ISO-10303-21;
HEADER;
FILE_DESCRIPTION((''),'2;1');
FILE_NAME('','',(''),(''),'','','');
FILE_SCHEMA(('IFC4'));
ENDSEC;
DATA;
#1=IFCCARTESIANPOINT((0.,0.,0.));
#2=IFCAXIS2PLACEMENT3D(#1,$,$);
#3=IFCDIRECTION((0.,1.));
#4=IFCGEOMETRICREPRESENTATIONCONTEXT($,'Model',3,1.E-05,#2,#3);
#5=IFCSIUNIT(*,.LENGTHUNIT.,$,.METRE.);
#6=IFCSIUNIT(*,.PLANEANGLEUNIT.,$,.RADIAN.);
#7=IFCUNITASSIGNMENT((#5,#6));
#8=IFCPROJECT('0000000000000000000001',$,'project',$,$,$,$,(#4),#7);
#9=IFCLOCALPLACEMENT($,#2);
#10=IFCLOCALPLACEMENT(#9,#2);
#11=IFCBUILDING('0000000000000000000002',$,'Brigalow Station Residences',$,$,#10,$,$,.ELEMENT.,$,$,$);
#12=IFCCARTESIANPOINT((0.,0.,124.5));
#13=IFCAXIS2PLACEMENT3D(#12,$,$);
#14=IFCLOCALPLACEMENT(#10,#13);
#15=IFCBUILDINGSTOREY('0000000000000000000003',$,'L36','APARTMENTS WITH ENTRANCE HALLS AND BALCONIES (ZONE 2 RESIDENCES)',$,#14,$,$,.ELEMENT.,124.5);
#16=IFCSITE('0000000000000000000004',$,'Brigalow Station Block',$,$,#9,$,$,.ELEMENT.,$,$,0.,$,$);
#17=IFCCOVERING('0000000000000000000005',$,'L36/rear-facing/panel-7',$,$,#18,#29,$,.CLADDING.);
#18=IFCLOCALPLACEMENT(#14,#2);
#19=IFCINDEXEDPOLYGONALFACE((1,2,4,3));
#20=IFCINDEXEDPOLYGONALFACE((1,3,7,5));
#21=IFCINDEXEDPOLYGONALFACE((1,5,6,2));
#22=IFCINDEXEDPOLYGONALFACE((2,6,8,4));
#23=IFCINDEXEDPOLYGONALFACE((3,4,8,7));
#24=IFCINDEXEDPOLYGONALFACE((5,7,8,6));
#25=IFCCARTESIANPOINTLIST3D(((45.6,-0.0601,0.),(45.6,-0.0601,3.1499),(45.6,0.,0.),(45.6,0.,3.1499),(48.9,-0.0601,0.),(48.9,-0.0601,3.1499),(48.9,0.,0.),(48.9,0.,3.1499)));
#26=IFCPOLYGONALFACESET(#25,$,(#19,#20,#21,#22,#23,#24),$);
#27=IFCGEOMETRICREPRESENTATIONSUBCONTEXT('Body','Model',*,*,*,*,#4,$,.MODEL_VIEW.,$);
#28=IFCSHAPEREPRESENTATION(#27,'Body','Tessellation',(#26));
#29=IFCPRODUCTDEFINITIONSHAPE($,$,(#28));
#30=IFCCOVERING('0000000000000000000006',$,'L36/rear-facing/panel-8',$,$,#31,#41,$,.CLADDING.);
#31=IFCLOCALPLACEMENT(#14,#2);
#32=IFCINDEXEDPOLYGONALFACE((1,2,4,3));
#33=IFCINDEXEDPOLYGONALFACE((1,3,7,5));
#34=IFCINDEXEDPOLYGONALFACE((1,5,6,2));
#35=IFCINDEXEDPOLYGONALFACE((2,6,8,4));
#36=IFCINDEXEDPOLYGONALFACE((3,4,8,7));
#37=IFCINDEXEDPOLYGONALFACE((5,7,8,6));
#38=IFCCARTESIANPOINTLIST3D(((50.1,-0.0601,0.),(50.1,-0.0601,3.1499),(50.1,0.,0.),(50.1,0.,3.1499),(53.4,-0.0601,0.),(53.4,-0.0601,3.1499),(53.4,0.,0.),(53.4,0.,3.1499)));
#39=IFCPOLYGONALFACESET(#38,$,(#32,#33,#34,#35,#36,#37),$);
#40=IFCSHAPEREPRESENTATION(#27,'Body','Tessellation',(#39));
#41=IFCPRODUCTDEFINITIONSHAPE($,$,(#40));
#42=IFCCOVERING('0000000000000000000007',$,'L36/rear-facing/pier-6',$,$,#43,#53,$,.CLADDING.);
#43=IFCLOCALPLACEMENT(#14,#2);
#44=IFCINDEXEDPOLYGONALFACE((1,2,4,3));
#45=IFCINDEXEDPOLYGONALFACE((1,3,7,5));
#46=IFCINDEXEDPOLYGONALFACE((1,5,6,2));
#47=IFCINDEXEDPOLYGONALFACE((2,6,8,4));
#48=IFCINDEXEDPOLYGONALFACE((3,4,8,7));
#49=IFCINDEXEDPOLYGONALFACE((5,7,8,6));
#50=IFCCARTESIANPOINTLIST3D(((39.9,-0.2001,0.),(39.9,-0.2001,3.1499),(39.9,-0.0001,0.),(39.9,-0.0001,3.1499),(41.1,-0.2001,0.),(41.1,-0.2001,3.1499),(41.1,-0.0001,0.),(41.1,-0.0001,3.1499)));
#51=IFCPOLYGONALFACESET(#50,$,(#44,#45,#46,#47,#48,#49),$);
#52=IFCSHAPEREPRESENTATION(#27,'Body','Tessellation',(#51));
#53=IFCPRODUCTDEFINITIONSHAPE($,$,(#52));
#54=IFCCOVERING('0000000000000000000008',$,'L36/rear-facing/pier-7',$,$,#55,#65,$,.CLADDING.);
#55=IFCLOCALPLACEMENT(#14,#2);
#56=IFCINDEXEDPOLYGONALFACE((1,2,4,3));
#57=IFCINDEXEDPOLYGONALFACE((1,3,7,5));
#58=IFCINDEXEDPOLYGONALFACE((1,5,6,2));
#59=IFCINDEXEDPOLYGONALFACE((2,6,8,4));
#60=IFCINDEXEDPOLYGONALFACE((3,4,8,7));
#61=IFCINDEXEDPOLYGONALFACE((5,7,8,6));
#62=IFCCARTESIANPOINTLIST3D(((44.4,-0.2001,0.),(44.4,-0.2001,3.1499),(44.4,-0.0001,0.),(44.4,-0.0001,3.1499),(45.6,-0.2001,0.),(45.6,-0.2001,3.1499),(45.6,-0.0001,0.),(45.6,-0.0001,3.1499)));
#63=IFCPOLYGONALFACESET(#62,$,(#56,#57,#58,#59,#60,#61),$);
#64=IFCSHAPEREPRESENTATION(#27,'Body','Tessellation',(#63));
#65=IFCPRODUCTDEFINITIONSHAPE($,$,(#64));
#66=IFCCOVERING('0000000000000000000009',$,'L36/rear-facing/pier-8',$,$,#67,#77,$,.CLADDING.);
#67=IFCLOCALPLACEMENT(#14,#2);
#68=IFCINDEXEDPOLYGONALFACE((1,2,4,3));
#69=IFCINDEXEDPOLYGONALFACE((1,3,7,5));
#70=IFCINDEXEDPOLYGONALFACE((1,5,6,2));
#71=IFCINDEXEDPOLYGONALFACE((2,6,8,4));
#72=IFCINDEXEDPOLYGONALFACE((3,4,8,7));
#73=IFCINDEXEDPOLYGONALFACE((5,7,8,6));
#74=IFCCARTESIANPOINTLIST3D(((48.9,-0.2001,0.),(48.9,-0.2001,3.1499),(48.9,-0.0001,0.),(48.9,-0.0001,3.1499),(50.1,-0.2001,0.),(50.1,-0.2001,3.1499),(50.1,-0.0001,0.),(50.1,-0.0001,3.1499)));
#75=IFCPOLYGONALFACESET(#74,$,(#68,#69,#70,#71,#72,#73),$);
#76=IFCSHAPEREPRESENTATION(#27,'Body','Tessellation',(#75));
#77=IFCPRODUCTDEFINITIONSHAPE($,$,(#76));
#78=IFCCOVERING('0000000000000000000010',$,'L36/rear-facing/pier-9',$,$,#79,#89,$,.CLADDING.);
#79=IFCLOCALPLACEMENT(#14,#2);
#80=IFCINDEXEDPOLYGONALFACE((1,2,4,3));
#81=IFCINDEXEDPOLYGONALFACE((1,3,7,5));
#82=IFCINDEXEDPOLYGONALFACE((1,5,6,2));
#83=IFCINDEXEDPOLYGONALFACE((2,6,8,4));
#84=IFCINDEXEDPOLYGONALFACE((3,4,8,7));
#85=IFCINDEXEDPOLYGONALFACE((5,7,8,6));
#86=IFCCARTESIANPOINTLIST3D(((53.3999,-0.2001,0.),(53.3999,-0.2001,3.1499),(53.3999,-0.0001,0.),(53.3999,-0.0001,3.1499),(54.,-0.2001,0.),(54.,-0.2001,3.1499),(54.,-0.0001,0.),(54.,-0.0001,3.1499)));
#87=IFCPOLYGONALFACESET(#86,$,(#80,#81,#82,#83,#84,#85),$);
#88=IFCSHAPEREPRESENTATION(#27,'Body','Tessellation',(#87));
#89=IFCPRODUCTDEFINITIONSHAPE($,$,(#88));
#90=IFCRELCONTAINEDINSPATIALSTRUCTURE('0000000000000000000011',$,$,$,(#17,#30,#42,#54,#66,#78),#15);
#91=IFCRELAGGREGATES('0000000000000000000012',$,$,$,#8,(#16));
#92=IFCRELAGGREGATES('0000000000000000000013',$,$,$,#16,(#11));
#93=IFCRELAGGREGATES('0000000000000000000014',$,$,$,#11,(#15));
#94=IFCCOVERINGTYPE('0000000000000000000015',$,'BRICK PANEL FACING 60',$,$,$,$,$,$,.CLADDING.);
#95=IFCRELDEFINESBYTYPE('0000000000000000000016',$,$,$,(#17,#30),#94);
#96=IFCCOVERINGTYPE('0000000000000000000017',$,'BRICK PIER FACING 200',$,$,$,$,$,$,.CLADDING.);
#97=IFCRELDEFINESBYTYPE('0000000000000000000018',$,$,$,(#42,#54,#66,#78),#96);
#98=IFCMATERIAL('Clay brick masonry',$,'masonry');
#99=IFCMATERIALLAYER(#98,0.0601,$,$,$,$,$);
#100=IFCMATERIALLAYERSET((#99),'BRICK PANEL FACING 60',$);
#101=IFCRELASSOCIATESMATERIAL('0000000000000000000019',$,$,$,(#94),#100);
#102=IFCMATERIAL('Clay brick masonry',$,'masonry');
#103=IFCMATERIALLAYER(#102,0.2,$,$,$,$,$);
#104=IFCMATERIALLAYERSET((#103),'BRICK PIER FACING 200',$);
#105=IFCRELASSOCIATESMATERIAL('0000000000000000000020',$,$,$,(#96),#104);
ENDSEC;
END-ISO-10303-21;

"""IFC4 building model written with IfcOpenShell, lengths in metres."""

from ifc_helpers import new_model, si_unit, direction, frame, origin, origin_2d, place, context, subcontext, project, spatial, rectangle, extrude, material, layer, layer_set, type_object, element, save


model = new_model("IFC4")

# Units and contexts
model_context = context("Model", 3, precision=1e-05, world=origin(), true_north=direction((0.0, 1.0)))
body_context = subcontext(model_context, "Body", "Model", "MODEL_VIEW")
ifc_project = project(units=[si_unit("LENGTHUNIT", "METRE"), si_unit("PLANEANGLEUNIT", "RADIAN")], contexts=[model_context])

# Site, building, storey
site_placement = place(None, origin())
site = spatial("IfcSite", under=ifc_project, at=site_placement, Name="Brigalow Station Block", CompositionType="ELEMENT", RefElevation=0.0)
building_placement = place(site_placement, origin())
building = spatial("IfcBuilding", under=site, at=building_placement, Name="Brigalow Station Residences", CompositionType="ELEMENT")
storey_placement = place(building_placement, frame((0.0, 0.0, 124.5)))
storey = spatial("IfcBuildingStorey", under=building, at=storey_placement, Name="L36", Description="APARTMENTS WITH ENTRANCE HALLS AND BALCONIES (ZONE 2 RESIDENCES)", CompositionType="ELEMENT", Elevation=124.5)

# Coverings
ifc_material_1 = material(Name="Clay brick masonry", Category="masonry")
ifc_layer_1 = layer(ifc_material_1, 0.0601)
ifc_layer_set_1 = layer_set([ifc_layer_1], Name="BRICK PANEL FACING 60")
covering_type_1 = type_object("IfcCoveringType", Name="BRICK PANEL FACING 60", PredefinedType="CLADDING", material=ifc_layer_set_1)
for number, where, z_axis, x_axis, name in (
    (1, (47.25, -0.03, 0.0), (0.0, 0.0, 1.0), (1.0, 0.0, 0.0), "L36/rear-facing/panel-7"),
    (2, (51.75, -0.03, 0.0), (0.0, 0.0, 1.0), (1.0, 0.0, 0.0), "L36/rear-facing/panel-8"),
):
    element("IfcCovering", number, at=place(storey_placement, frame(where, z_axis=z_axis, x_axis=x_axis)), inside=storey, type_object=covering_type_1, Name=name, PredefinedType="CLADDING", context=body_context, shape_type="SweptSolid", body=[
        extrude(rectangle(XDim=3.3, YDim=0.0601, at=origin_2d()), origin(), (0.0, 0.0, 1.0), 3.1499),
    ])
ifc_material_2 = material(Name="Clay brick masonry", Category="masonry")
ifc_layer_2 = layer(ifc_material_2, 0.2)
ifc_layer_set_2 = layer_set([ifc_layer_2], Name="BRICK PIER FACING 200")
covering_type_2 = type_object("IfcCoveringType", Name="BRICK PIER FACING 200", PredefinedType="CLADDING", material=ifc_layer_set_2)
for number, where, z_axis, x_axis, name in (
    (3, (40.5, -0.1001, 0.0), (0.0, 0.0, 1.0), (1.0, 0.0, 0.0), "L36/rear-facing/pier-6"),
    (4, (45.0, -0.1001, 0.0), (0.0, 0.0, 1.0), (1.0, 0.0, 0.0), "L36/rear-facing/pier-7"),
    (5, (49.5, -0.1001, 0.0), (0.0, 0.0, 1.0), (1.0, 0.0, 0.0), "L36/rear-facing/pier-8"),
):
    element("IfcCovering", number, at=place(storey_placement, frame(where, z_axis=z_axis, x_axis=x_axis)), inside=storey, type_object=covering_type_2, Name=name, PredefinedType="CLADDING", context=body_context, shape_type="SweptSolid", body=[
        extrude(rectangle(XDim=1.2, YDim=0.2, at=origin_2d()), origin(), (0.0, 0.0, 1.0), 3.1499),
    ])
covering_placement = place(storey_placement, frame((53.7, -0.1001, 0.0), z_axis=(0.0, 0.0, 1.0), x_axis=(1.0, 0.0, 0.0)))
element("IfcCovering", 6, at=covering_placement, inside=storey, type_object=covering_type_2, Name="L36/rear-facing/pier-9", PredefinedType="CLADDING", context=body_context, shape_type="SweptSolid", body=[
    extrude(rectangle(XDim=0.6001, YDim=0.2, at=origin_2d()), origin(), (0.0, 0.0, 1.0), 3.1499),
])

save(model, "model.ifc")
